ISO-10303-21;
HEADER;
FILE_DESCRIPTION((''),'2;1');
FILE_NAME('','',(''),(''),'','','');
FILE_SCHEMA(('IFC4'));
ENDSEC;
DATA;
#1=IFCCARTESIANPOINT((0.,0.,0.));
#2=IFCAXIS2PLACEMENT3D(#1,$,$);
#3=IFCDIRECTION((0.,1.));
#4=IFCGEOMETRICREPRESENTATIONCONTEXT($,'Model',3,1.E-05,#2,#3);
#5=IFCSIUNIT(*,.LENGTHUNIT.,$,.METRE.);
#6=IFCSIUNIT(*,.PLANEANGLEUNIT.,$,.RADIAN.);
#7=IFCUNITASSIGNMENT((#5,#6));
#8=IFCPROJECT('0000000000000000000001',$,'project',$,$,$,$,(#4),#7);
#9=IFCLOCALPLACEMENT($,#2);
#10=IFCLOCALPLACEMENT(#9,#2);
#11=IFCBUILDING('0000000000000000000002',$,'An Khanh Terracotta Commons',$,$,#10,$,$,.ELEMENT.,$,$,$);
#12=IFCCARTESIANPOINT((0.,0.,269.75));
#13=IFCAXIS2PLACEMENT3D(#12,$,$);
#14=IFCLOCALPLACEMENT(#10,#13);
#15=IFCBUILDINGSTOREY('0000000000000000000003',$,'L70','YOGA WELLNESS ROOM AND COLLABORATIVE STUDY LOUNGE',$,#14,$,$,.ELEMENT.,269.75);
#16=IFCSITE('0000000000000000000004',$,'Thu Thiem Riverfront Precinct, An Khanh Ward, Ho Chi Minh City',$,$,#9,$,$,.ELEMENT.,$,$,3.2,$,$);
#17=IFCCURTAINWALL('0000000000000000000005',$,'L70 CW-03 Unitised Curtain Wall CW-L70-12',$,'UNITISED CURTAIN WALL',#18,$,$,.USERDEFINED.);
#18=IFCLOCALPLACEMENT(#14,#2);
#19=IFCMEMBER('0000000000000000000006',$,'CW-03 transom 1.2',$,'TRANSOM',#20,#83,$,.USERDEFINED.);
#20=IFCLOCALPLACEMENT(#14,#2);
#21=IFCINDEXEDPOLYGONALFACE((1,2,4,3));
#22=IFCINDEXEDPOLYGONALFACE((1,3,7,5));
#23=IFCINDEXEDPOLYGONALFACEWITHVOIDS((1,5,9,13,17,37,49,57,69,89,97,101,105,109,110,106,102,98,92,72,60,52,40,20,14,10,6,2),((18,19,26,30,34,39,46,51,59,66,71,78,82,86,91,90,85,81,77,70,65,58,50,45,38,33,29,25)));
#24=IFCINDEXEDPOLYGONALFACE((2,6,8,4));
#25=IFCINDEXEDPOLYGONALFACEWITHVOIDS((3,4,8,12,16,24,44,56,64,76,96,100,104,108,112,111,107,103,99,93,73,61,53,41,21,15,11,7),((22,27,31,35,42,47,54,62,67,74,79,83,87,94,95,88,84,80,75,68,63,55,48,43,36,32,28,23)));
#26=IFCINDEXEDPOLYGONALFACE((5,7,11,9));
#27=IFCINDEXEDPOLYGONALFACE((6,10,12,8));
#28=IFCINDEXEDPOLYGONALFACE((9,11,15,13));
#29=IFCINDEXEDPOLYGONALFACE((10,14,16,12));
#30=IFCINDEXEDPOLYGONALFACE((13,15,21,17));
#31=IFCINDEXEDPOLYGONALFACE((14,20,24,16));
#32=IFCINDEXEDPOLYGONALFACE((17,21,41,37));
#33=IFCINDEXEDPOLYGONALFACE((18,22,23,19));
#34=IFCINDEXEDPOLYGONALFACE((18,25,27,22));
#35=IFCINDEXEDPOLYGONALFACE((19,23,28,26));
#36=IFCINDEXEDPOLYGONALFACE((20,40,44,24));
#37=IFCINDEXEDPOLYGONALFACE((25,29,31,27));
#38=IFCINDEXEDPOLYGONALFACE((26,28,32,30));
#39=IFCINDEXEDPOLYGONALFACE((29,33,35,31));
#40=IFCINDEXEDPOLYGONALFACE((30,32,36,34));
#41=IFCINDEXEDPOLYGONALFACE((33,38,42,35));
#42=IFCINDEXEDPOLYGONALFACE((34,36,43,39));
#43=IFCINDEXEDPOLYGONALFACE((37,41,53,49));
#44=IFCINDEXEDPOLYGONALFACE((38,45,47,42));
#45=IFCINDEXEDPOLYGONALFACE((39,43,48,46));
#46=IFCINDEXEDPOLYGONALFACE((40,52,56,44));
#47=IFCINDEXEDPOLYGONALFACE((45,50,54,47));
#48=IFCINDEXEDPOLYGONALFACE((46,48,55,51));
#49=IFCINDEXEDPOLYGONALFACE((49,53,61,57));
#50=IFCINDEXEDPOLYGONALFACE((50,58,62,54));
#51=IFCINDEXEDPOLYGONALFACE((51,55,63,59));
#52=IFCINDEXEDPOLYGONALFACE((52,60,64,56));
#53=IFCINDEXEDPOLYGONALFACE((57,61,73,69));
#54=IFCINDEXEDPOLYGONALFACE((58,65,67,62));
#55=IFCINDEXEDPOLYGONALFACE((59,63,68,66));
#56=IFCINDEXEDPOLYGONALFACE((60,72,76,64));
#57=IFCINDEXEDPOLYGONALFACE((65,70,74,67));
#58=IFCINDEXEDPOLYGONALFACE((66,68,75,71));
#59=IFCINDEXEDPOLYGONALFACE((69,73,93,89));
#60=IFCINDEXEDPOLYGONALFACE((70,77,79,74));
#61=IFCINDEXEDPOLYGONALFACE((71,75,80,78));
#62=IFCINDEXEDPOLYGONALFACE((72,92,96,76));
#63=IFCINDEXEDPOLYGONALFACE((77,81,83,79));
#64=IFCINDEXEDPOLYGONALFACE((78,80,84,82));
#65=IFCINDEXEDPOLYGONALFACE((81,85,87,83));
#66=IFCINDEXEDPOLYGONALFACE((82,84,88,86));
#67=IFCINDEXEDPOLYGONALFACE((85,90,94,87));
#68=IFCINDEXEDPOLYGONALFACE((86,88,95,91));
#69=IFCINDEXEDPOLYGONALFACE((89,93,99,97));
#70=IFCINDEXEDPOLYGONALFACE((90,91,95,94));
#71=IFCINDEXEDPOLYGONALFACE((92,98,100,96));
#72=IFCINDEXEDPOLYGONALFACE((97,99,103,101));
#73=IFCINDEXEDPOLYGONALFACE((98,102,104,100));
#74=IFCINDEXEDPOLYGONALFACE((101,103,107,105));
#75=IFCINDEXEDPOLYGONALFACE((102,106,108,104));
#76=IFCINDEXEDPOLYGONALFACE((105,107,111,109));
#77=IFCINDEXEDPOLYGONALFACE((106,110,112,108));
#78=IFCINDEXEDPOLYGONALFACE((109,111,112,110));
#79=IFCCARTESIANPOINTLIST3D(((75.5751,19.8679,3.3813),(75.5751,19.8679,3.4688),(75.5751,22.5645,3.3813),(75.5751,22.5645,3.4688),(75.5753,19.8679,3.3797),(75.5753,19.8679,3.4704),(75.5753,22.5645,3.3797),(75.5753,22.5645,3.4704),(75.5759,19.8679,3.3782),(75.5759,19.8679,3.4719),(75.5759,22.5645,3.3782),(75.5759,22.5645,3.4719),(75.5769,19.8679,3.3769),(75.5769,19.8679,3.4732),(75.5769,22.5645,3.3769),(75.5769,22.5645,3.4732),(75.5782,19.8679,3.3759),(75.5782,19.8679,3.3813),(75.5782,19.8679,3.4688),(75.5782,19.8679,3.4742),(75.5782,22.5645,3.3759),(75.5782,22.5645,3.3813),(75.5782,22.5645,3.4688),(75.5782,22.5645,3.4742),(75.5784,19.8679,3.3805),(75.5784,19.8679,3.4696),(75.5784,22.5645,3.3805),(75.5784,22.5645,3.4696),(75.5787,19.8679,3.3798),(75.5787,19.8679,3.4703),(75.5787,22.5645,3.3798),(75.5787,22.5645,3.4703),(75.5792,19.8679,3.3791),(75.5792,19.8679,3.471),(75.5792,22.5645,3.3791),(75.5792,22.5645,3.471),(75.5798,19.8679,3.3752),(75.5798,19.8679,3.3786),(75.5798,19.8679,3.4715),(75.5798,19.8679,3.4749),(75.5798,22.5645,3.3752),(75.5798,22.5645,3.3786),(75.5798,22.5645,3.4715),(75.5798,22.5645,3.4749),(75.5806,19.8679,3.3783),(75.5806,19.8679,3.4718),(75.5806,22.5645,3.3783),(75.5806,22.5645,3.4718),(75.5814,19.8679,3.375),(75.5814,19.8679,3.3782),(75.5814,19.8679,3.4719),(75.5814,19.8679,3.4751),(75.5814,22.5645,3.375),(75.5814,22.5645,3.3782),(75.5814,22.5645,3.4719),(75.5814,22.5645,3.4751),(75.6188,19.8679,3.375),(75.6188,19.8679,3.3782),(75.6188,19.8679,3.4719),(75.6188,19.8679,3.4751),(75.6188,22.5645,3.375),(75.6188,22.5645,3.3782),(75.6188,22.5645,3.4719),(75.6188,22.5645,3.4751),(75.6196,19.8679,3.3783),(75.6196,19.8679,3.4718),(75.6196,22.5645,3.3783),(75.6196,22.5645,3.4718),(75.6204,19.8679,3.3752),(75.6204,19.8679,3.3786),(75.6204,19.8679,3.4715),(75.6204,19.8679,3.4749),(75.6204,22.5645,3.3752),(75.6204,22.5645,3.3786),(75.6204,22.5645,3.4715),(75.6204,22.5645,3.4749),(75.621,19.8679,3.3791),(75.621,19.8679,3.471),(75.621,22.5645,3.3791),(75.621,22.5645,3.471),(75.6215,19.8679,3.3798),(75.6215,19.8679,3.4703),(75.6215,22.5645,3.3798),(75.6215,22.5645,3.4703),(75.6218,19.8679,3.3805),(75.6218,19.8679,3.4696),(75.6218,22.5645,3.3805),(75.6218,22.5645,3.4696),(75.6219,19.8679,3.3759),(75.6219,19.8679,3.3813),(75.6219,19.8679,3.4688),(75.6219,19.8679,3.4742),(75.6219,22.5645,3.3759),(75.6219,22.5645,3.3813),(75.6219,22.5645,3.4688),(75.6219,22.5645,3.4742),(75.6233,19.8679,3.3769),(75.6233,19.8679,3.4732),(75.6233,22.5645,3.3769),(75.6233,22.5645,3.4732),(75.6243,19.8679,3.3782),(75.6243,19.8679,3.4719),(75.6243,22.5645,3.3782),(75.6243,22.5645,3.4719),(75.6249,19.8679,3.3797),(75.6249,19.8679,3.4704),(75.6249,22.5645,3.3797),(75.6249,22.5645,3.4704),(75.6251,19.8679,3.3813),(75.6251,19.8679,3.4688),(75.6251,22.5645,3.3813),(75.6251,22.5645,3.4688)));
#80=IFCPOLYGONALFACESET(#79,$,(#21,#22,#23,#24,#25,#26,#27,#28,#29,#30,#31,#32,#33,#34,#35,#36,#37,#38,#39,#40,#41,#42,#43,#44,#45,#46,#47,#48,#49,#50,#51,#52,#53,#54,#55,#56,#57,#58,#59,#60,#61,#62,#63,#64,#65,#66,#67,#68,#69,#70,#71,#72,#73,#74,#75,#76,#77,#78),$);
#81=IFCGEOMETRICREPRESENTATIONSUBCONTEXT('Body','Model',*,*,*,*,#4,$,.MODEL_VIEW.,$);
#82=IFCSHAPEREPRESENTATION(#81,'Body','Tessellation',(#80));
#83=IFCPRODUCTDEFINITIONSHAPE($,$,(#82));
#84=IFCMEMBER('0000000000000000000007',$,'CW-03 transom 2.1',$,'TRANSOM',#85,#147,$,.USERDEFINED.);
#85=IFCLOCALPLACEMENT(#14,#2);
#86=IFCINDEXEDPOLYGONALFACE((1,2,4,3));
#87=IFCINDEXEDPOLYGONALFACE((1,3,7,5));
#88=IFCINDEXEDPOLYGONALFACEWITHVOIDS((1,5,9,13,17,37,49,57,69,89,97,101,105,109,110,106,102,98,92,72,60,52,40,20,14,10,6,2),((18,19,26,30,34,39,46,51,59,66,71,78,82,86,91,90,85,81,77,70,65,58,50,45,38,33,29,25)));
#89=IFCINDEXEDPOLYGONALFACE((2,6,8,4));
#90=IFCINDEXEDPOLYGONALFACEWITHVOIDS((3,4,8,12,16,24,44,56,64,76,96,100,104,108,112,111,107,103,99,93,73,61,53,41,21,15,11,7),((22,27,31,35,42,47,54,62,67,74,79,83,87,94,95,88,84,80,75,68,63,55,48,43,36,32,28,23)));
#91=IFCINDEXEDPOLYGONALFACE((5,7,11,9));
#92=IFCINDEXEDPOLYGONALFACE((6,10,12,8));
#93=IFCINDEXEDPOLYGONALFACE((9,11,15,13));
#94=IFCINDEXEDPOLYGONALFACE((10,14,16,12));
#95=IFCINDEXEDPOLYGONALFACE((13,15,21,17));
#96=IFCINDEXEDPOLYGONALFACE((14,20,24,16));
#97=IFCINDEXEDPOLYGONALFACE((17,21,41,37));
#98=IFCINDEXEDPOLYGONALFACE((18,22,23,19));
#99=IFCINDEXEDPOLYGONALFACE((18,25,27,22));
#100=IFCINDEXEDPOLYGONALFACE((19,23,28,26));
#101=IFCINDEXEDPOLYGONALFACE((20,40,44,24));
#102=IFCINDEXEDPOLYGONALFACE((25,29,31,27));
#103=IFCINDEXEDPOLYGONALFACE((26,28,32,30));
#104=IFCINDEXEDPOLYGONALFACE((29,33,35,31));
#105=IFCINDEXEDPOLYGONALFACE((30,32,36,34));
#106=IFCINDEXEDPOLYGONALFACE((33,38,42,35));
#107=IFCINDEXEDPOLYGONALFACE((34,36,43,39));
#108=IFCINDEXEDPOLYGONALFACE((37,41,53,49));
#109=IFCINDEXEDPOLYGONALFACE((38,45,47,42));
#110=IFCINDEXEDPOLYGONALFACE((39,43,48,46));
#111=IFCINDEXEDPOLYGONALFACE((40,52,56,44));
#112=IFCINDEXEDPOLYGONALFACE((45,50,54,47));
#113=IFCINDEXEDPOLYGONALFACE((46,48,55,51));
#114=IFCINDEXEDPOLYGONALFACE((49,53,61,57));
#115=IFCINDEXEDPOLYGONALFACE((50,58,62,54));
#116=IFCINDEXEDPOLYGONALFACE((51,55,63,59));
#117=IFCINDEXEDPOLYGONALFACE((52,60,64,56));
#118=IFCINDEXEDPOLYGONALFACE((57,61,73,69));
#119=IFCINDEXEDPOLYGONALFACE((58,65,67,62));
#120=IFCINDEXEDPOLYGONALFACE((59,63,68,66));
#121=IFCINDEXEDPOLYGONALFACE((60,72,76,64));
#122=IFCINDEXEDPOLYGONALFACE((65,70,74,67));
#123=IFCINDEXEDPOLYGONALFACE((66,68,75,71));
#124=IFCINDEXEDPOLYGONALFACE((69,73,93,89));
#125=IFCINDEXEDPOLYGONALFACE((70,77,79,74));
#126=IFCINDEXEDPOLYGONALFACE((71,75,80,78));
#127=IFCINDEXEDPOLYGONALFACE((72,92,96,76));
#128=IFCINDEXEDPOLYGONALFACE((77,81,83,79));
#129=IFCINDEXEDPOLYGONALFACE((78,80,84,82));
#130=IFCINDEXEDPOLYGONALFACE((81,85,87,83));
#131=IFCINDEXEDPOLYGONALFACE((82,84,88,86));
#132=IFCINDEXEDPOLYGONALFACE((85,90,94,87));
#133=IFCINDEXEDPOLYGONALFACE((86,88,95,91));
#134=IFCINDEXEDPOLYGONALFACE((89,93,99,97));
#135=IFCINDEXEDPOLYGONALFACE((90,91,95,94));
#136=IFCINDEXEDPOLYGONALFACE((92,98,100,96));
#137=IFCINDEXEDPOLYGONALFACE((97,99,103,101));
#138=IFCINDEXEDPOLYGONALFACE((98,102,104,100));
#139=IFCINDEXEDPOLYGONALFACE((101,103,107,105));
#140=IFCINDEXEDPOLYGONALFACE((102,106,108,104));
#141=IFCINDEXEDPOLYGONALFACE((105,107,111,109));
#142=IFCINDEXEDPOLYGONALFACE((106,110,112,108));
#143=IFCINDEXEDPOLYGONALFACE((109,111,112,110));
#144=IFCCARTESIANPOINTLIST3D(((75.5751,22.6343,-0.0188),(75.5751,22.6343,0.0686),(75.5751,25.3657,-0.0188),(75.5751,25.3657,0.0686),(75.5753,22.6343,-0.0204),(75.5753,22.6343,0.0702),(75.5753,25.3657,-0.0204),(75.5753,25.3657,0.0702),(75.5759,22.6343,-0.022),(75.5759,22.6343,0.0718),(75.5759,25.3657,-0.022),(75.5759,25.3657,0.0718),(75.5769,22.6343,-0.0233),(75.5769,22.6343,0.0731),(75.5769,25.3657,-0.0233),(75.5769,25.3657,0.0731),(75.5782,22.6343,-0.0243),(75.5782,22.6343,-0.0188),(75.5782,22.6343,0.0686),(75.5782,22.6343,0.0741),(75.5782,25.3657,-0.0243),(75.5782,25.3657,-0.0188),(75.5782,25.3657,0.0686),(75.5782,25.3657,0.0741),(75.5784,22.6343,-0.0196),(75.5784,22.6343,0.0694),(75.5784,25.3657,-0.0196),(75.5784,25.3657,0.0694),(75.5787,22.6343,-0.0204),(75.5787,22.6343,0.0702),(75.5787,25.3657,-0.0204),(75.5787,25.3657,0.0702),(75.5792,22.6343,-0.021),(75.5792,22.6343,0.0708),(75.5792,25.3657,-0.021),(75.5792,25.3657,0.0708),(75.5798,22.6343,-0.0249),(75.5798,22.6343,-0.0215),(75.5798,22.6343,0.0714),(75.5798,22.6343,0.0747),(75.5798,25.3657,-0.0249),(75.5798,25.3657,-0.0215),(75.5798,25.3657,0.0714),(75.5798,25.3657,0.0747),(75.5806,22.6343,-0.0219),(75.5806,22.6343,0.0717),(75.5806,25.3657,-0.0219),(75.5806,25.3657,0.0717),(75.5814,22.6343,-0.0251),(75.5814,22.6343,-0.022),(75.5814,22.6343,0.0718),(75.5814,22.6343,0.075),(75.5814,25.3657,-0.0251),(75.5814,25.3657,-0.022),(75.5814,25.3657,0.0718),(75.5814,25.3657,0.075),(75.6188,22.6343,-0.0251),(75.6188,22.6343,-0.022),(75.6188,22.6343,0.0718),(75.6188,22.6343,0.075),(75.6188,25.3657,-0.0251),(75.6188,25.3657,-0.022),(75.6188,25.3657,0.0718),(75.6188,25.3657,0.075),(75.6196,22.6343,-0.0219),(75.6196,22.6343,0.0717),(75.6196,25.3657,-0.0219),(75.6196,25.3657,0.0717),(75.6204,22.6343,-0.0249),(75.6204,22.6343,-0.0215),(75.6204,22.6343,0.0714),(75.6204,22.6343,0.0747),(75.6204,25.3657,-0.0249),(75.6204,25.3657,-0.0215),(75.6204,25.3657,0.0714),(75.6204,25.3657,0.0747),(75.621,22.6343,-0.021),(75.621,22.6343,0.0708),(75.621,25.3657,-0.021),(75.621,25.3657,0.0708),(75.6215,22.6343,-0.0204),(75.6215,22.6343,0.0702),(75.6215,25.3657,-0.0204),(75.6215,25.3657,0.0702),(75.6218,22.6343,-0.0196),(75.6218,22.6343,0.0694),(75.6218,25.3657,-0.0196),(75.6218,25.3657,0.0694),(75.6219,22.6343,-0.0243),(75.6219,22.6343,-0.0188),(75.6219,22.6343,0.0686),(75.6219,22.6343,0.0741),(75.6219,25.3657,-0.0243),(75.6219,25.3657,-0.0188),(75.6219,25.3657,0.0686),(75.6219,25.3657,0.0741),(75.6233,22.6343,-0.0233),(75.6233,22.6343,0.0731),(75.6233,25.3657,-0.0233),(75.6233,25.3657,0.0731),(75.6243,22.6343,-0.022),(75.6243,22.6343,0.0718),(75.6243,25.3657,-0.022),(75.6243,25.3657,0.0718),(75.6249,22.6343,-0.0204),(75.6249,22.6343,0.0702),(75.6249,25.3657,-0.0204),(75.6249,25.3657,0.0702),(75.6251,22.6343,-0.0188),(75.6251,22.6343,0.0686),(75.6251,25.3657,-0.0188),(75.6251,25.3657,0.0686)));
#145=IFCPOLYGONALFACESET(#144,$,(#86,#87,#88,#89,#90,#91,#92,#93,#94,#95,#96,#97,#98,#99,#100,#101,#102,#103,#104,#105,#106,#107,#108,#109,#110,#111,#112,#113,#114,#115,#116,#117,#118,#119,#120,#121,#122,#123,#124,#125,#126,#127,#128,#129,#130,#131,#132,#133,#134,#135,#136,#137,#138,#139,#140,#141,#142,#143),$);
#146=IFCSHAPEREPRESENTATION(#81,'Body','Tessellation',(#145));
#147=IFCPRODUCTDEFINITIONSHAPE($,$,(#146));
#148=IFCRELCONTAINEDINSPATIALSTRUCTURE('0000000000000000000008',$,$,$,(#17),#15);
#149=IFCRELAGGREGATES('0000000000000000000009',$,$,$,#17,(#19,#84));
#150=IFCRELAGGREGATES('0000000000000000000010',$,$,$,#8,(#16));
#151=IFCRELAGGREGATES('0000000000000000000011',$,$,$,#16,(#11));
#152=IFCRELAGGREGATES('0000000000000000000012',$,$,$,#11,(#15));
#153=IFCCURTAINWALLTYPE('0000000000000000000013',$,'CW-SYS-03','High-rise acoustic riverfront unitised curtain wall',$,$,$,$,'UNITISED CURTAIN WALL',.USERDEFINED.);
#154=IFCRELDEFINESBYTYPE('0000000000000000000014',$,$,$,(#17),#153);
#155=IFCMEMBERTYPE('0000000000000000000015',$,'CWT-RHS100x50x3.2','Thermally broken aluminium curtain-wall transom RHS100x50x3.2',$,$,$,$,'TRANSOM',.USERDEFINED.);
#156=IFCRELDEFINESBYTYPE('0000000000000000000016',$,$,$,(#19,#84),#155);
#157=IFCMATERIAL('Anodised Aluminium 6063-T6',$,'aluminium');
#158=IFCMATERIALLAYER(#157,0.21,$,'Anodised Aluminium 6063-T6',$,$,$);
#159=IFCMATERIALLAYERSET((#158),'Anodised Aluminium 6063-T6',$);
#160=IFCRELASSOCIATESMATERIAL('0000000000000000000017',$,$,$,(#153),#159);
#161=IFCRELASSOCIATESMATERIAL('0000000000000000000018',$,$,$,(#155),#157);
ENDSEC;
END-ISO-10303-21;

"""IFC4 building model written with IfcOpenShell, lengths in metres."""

from ifc_helpers import new_model, si_unit, direction, frame, origin, origin_2d, place, context, subcontext, project, spatial, hollow_rectangle, extrude, material, layer, layer_set, material_profile, profile_set, type_object, element, aggregate, save


model = new_model("IFC4")

# Units and contexts
model_context = context("Model", 3, precision=1e-05, world=origin(), true_north=direction((0.0, 1.0)))
body_context = subcontext(model_context, "Body", "Model", "MODEL_VIEW")
ifc_project = project(units=[si_unit("LENGTHUNIT", "METRE"), si_unit("PLANEANGLEUNIT", "RADIAN")], contexts=[model_context])

# Site, building, storey
site_placement = place(None, origin())
site = spatial("IfcSite", under=ifc_project, at=site_placement, Name="Thu Thiem Riverfront Precinct, An Khanh Ward, Ho Chi Minh City", CompositionType="ELEMENT", RefElevation=3.2)
building_placement = place(site_placement, origin())
building = spatial("IfcBuilding", under=site, at=building_placement, Name="An Khanh Terracotta Commons", CompositionType="ELEMENT")
storey_placement = place(building_placement, frame((0.0, 0.0, 269.75)))
storey = spatial("IfcBuildingStorey", under=building, at=storey_placement, Name="L70", Description="YOGA WELLNESS ROOM AND COLLABORATIVE STUDY LOUNGE", CompositionType="ELEMENT", Elevation=269.75)

# Curtain wall
ifc_material_1 = material(Name="Anodised Aluminium 6063-T6", Category="aluminium")
ifc_layer_1 = layer(ifc_material_1, 0.21, Name="Anodised Aluminium 6063-T6")
ifc_layer_set_1 = layer_set([ifc_layer_1], Name="Anodised Aluminium 6063-T6")
curtain_wall_type = type_object("IfcCurtainWallType", Name="CW-SYS-03", Description="High-rise acoustic riverfront unitised curtain wall", ElementType="UNITISED CURTAIN WALL", PredefinedType="USERDEFINED", material=ifc_layer_set_1)
curtain_wall_1_placement = place(storey_placement, origin())
curtain_wall_1 = element("IfcCurtainWall", 1, at=curtain_wall_1_placement, inside=storey, type_object=curtain_wall_type, Name="L70 CW-03 Unitised Curtain Wall CW-L70-12", ObjectType="UNITISED CURTAIN WALL", PredefinedType="USERDEFINED")

# Members
ifc_material_profile_1 = material_profile(ifc_material_1, hollow_rectangle(XDim=0.05, YDim=0.1001, WallThickness=0.0032, InnerFilletRadius=0.0032, OuterFilletRadius=0.0063, at=origin_2d()), Name="RHS100x50x3.2")
ifc_profile_set_1 = profile_set([ifc_material_profile_1], Name="Anodised Aluminium 6063-T6")
member_type_1 = type_object("IfcMemberType", Name="CWT-RHS100x50x3.2", Description="Thermally broken aluminium curtain-wall transom RHS100x50x3.2", ElementType="TRANSOM", PredefinedType="USERDEFINED", material=ifc_profile_set_1)
member_1_placement = place(storey_placement, frame((75.6001, 19.8679, 3.425), z_axis=(0.0, 1.0, 0.0), x_axis=(-1.0, 0.0, 0.0)))
member_1 = element("IfcMember", 2, at=member_1_placement, type_object=member_type_1, Name="CW-03 transom 1.2", ObjectType="TRANSOM", PredefinedType="USERDEFINED", context=body_context, shape_type="SweptSolid", body=[
    extrude(hollow_rectangle(XDim=0.05, YDim=0.1001, WallThickness=0.0032, InnerFilletRadius=0.0032, OuterFilletRadius=0.0063, at=origin_2d()), origin(), (0.0, 0.0, 1.0), 2.6965),
])
member_2_placement = place(storey_placement, frame((75.6001, 22.6343, 0.0249), z_axis=(0.0, 1.0, 0.0), x_axis=(-1.0, 0.0, 0.0)))
member_2 = element("IfcMember", 3, at=member_2_placement, type_object=member_type_1, Name="CW-03 transom 2.1", ObjectType="TRANSOM", PredefinedType="USERDEFINED", context=body_context, shape_type="SweptSolid", body=[
    extrude(hollow_rectangle(XDim=0.05, YDim=0.1001, WallThickness=0.0032, InnerFilletRadius=0.0032, OuterFilletRadius=0.0063, at=origin_2d()), origin(), (0.0, 0.0, 1.0), 2.7314),
])

aggregate(curtain_wall_1, [member_1, member_2])

save(model, "model.ifc")
